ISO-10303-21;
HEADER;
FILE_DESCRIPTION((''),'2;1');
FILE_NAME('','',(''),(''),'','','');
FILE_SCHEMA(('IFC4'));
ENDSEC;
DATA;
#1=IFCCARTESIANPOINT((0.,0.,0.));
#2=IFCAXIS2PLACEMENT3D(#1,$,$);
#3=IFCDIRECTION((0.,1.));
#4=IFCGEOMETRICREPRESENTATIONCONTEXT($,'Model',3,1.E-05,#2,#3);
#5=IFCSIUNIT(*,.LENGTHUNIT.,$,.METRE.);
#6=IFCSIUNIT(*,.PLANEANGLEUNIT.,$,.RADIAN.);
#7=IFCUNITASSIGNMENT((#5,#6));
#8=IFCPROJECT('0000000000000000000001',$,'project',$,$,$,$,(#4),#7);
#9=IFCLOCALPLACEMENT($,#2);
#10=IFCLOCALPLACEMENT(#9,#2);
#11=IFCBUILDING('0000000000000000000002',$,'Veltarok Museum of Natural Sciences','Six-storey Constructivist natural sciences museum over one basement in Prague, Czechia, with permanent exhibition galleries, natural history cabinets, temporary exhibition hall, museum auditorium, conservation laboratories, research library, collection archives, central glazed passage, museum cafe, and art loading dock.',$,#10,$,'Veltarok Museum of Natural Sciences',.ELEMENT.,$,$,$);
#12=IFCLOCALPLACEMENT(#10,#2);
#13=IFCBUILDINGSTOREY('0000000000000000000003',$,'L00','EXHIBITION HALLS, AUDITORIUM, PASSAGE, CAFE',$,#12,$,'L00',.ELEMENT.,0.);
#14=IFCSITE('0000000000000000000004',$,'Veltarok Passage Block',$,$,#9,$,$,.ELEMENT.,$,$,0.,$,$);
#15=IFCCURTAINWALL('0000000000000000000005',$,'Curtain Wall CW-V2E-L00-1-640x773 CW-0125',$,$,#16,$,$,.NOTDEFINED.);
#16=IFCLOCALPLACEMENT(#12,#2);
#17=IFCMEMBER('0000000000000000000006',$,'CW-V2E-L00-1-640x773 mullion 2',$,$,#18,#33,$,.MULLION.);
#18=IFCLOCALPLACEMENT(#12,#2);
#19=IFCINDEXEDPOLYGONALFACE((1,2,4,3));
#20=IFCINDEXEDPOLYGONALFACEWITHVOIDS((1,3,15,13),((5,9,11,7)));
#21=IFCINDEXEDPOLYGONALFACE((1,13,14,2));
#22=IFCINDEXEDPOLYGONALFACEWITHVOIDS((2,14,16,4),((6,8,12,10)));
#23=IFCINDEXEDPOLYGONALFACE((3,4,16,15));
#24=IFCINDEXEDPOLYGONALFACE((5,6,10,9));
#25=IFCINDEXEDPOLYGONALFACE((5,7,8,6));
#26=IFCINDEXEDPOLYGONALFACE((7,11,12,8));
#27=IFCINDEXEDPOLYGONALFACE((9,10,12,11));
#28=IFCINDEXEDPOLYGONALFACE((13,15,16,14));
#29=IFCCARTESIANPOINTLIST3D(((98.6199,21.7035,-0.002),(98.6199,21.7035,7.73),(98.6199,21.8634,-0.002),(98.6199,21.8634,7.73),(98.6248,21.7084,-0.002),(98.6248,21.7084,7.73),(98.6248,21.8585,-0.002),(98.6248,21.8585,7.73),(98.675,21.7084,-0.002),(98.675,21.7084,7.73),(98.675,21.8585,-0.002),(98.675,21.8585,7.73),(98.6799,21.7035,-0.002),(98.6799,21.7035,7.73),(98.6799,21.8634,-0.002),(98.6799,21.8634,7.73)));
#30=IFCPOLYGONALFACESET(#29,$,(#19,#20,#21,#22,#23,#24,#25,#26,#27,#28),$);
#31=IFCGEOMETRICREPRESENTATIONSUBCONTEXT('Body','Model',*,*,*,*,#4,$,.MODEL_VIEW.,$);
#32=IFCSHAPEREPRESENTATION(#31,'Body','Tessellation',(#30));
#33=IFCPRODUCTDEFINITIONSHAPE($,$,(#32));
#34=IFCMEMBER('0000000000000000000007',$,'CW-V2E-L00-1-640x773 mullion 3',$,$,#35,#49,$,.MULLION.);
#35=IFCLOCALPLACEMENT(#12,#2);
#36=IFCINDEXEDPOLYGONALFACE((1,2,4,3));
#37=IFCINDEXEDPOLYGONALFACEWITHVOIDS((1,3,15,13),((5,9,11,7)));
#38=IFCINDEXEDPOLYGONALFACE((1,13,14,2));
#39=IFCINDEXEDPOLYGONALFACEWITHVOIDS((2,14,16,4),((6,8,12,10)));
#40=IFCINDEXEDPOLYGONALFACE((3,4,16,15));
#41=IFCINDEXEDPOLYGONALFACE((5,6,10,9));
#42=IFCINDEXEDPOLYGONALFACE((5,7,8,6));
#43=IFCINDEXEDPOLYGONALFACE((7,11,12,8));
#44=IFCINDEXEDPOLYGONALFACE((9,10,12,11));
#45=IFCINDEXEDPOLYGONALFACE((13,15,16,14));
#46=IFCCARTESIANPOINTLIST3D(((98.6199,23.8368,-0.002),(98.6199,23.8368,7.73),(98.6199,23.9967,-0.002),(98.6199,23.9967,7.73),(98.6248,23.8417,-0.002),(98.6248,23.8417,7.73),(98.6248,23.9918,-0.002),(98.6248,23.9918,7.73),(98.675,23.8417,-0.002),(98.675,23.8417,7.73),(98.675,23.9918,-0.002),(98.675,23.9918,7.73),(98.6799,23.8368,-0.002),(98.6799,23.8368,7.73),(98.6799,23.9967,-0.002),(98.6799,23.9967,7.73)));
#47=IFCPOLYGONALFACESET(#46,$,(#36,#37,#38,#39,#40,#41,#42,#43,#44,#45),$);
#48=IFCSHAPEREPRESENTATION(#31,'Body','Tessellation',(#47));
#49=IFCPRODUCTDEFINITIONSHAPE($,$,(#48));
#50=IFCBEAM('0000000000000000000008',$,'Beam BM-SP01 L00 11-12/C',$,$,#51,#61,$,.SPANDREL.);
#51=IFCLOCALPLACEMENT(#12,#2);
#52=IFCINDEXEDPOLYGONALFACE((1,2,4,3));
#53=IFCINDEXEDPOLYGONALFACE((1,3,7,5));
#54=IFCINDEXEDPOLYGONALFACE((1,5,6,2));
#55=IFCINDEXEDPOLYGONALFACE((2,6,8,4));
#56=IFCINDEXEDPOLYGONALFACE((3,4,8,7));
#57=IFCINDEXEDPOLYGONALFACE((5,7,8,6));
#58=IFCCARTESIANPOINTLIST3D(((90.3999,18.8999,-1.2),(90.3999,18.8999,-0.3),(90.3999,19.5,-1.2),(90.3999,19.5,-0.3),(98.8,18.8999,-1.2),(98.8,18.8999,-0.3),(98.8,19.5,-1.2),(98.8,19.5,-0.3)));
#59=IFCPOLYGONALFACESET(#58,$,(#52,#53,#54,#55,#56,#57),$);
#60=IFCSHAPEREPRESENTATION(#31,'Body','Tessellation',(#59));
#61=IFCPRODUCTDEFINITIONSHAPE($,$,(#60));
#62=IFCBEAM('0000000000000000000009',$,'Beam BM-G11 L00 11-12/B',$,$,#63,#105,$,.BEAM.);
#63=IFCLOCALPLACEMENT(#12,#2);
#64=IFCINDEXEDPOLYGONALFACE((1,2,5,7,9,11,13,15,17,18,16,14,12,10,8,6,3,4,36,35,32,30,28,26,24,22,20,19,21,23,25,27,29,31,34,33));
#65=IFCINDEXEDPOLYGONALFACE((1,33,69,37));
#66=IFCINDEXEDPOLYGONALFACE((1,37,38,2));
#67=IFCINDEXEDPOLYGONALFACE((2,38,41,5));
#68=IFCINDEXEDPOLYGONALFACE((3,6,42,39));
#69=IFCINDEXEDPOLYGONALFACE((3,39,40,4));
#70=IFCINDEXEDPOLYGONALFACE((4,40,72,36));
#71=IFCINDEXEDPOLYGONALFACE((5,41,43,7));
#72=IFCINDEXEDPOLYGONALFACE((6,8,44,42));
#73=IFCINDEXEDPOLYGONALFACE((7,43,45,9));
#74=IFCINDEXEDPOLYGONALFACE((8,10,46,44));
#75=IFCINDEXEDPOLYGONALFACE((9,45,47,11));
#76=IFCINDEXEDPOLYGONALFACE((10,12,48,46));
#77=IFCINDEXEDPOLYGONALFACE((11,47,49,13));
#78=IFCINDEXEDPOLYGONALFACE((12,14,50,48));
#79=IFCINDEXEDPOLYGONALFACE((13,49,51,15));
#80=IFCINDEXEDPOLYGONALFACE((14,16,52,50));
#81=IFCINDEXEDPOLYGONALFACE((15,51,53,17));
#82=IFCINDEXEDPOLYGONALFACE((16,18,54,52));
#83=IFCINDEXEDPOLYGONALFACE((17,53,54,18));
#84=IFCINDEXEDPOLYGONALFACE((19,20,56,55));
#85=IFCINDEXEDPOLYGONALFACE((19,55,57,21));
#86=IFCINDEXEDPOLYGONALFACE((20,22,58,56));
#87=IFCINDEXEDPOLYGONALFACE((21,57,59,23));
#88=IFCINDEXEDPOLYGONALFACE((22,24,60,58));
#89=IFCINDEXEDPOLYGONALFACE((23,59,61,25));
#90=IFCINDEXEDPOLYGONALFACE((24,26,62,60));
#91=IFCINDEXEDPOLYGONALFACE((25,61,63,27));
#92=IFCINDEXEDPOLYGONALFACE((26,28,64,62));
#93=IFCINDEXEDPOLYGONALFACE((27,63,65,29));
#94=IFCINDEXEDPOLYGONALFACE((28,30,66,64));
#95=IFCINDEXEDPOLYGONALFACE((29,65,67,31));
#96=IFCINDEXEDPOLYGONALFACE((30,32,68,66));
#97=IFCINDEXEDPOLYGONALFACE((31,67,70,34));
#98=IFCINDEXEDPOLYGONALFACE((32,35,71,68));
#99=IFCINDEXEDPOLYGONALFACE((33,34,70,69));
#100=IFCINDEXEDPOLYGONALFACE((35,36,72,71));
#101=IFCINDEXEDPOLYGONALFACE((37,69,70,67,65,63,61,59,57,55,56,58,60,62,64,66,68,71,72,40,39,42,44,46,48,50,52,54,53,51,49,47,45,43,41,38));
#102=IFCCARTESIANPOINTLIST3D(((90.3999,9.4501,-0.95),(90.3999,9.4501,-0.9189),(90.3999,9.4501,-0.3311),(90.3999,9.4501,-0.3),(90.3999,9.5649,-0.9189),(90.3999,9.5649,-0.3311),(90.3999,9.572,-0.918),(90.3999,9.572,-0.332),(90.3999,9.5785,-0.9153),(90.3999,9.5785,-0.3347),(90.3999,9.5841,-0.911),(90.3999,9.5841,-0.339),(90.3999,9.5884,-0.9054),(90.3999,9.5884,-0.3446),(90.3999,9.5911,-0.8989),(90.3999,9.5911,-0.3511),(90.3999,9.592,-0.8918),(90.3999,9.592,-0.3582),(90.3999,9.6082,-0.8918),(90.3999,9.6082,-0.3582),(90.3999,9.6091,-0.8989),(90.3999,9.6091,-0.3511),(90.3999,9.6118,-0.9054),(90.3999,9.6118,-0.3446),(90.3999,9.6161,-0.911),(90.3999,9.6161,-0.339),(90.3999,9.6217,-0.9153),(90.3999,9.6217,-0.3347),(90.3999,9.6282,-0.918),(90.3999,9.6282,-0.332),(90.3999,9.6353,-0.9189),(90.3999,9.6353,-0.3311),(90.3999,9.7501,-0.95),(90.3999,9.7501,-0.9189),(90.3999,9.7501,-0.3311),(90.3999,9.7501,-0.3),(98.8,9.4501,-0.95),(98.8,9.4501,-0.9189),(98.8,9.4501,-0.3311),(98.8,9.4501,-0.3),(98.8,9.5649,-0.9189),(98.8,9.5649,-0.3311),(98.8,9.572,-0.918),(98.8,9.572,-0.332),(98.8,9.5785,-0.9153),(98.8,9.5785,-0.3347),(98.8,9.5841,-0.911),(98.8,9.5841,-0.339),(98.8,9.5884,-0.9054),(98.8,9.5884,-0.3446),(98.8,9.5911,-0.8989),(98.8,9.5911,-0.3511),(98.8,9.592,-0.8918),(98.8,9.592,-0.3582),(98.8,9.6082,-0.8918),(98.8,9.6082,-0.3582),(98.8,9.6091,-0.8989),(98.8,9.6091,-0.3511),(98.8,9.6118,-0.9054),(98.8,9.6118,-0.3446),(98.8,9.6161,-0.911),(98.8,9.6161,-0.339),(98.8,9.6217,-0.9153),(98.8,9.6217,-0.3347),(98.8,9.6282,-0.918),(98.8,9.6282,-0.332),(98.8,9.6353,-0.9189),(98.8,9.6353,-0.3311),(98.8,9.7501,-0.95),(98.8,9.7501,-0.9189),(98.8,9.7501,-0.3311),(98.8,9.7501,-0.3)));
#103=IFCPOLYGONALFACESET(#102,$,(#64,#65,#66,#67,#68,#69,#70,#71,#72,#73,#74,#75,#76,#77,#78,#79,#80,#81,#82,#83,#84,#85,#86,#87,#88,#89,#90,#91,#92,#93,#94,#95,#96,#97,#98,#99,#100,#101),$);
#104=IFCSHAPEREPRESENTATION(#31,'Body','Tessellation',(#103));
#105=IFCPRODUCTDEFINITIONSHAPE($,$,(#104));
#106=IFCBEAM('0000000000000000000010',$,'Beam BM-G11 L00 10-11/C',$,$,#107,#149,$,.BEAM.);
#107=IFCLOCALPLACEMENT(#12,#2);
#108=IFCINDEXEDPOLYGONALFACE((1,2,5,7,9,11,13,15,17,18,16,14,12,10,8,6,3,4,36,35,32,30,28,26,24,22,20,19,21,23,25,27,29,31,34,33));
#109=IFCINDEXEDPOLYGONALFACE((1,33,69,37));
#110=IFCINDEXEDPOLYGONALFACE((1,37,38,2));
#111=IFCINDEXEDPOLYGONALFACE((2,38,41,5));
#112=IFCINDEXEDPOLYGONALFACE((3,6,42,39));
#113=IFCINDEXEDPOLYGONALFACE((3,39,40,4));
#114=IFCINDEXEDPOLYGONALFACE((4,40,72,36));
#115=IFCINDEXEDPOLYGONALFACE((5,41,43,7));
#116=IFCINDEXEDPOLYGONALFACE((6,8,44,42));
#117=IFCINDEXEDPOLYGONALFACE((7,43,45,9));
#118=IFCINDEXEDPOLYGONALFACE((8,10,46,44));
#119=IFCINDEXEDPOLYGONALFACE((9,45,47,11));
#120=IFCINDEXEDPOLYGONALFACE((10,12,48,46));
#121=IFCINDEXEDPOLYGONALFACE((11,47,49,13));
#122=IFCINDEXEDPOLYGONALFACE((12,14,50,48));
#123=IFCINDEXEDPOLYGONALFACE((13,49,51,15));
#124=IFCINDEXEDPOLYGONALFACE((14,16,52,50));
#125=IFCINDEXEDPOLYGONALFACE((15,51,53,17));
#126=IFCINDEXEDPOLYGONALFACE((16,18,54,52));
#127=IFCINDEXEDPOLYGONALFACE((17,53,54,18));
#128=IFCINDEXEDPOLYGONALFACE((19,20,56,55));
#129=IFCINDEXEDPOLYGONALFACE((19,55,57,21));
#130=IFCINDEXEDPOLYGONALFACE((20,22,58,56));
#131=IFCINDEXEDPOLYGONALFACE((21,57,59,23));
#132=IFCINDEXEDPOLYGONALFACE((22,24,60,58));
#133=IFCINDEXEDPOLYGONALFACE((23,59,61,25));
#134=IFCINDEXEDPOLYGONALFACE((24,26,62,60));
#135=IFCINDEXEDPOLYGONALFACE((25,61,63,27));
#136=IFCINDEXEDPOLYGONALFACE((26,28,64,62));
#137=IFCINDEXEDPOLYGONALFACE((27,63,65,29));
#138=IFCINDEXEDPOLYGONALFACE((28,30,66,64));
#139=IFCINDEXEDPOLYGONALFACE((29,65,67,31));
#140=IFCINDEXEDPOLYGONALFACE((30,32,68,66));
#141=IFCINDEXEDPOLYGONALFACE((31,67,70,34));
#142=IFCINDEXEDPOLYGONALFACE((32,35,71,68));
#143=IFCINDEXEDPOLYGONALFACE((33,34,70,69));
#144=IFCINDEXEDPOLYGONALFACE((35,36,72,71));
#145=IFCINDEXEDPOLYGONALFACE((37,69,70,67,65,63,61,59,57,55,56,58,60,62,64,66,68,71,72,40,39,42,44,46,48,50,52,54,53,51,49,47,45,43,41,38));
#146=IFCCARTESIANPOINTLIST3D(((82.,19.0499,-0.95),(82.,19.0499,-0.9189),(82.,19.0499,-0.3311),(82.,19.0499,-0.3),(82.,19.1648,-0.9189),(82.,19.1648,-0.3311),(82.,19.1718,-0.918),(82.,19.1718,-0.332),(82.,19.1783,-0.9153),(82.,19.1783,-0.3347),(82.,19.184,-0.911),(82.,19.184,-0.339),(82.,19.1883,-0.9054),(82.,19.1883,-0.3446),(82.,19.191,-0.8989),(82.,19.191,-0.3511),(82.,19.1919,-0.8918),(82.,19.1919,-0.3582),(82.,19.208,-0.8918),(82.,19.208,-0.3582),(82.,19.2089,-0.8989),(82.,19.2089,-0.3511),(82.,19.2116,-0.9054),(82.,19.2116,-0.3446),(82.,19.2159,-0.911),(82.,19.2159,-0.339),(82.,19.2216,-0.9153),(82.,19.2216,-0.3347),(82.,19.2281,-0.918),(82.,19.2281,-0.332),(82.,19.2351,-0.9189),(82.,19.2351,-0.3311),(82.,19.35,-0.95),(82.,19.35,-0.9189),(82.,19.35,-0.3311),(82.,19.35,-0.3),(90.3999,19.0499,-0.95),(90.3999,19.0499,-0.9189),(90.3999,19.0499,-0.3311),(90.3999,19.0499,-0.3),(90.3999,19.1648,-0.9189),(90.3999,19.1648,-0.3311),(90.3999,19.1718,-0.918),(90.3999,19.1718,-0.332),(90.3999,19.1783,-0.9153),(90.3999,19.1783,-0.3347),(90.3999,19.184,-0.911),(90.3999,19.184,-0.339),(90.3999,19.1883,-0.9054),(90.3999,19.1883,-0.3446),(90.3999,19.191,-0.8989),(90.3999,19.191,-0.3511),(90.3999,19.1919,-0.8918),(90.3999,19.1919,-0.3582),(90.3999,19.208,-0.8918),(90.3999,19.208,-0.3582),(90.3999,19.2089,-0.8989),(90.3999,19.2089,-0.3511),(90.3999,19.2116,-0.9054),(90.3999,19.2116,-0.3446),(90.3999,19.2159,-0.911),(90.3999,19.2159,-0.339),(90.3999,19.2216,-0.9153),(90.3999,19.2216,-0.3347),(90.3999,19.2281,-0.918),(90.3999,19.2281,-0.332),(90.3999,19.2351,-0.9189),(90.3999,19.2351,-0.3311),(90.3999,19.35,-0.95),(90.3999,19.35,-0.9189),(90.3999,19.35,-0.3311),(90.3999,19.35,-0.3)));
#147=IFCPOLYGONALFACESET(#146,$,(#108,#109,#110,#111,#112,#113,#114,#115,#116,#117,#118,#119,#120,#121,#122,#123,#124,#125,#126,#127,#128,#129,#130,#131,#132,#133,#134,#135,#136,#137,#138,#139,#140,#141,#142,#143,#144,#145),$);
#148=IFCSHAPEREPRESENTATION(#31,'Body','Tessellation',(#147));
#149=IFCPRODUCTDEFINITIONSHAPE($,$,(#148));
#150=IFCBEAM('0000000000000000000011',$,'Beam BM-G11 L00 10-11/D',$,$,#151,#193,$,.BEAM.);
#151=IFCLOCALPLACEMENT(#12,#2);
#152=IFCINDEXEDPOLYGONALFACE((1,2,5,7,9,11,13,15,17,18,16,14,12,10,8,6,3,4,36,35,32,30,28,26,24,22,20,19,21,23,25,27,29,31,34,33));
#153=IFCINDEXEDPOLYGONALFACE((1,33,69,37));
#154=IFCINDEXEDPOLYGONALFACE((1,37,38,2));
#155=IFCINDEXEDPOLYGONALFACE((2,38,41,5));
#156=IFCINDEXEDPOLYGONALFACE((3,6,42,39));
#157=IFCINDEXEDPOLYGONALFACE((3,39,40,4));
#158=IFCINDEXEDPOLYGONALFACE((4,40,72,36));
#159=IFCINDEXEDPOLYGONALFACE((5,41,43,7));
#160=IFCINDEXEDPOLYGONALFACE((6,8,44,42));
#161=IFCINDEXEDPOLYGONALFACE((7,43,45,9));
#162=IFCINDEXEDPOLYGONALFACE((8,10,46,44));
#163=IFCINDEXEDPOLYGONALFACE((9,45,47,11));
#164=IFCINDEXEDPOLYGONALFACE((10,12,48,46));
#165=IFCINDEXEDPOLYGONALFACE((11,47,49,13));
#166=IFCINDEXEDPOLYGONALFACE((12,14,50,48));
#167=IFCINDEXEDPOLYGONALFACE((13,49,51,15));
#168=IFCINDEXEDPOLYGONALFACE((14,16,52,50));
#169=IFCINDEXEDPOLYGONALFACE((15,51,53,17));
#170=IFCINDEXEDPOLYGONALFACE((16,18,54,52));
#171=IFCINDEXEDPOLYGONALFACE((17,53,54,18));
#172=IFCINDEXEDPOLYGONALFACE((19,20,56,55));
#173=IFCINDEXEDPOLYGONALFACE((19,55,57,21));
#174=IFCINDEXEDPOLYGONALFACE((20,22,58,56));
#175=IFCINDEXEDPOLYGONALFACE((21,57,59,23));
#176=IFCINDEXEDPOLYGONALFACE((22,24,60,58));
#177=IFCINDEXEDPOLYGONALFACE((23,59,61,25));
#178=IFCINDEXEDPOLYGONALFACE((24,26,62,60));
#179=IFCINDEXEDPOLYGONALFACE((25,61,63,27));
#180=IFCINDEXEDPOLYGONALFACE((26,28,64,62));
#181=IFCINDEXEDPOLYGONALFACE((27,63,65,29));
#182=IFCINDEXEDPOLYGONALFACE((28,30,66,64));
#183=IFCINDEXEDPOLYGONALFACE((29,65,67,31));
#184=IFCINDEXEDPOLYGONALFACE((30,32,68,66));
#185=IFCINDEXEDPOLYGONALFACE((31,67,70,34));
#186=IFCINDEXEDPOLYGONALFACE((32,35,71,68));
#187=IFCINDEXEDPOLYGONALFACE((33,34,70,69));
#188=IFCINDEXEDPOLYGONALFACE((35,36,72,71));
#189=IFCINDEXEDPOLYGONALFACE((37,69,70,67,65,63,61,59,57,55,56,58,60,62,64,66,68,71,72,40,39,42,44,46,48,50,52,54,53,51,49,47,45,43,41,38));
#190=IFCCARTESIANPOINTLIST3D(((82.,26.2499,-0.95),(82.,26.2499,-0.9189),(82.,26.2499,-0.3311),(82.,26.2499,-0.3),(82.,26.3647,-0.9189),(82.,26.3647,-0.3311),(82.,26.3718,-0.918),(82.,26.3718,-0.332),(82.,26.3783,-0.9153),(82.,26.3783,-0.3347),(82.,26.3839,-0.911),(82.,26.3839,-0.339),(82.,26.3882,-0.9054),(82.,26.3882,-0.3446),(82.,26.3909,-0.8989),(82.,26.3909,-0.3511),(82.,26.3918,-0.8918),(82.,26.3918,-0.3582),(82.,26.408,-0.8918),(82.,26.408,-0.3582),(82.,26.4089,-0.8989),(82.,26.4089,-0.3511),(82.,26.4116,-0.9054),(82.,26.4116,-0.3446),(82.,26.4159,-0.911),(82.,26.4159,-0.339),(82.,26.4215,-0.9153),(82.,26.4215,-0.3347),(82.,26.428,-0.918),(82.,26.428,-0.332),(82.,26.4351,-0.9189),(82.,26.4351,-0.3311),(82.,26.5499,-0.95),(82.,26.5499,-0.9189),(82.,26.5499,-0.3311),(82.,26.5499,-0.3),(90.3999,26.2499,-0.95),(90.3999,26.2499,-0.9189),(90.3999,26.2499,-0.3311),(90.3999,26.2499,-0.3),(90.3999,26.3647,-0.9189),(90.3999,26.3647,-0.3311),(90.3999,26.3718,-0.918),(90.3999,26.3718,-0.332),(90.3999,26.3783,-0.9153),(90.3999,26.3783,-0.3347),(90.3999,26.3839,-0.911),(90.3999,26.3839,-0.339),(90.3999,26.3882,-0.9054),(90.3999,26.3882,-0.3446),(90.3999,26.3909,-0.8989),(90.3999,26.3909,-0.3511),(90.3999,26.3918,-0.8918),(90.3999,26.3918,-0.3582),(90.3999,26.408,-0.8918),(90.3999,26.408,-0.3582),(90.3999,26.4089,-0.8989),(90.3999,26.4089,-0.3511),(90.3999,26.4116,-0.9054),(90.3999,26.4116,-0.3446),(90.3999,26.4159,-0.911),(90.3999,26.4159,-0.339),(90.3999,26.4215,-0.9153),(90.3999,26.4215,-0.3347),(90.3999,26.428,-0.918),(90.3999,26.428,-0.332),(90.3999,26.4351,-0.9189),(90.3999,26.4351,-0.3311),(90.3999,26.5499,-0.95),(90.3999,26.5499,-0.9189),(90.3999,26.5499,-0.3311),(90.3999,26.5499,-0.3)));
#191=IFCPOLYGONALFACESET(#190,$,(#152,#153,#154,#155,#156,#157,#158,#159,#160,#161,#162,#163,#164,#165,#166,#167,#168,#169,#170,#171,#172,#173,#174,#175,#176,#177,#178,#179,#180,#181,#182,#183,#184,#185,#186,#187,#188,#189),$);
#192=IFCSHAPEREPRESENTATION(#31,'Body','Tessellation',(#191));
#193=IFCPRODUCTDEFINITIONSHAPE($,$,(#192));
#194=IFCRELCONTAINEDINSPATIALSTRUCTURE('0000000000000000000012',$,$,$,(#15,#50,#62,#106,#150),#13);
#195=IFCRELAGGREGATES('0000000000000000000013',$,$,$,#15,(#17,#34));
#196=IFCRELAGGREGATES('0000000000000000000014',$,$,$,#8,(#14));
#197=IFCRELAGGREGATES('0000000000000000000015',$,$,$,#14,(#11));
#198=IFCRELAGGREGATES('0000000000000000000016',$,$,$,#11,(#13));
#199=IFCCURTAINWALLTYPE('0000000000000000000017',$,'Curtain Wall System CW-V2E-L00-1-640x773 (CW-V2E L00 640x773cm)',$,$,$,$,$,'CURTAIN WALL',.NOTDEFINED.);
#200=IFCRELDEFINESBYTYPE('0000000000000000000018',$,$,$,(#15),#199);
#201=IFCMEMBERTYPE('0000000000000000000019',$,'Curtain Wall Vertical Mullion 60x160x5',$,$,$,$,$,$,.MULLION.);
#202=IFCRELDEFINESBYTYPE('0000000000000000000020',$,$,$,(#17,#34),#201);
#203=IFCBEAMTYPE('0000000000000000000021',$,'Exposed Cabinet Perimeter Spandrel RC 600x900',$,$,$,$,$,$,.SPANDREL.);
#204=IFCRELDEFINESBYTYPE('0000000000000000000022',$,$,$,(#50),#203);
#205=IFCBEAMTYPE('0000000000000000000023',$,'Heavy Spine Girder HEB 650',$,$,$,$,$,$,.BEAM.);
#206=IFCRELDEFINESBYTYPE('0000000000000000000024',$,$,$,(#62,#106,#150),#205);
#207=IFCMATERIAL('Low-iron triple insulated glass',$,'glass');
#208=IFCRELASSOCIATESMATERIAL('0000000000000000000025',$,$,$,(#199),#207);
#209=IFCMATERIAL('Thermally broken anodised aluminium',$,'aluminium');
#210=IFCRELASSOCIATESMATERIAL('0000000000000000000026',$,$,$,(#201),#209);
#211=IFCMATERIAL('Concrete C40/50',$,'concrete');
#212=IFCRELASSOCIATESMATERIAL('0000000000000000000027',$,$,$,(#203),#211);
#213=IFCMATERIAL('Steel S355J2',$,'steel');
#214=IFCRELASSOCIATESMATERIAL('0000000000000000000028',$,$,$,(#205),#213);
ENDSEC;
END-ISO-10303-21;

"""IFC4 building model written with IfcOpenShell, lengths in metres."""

from ifc_helpers import new_model, si_unit, direction, frame, origin, origin_2d, place, context, subcontext, project, spatial, rectangle, hollow_rectangle, i_section, extrude, material, material_profile, profile_set, type_object, element, aggregate, save


model = new_model("IFC4")

# Units and contexts
model_context = context("Model", 3, precision=1e-05, world=origin(), true_north=direction((0.0, 1.0)))
body_context = subcontext(model_context, "Body", "Model", "MODEL_VIEW")
ifc_project = project(units=[si_unit("LENGTHUNIT", "METRE"), si_unit("PLANEANGLEUNIT", "RADIAN")], contexts=[model_context])

# Site, building, storey
site_placement = place(None, origin())
site = spatial("IfcSite", under=ifc_project, at=site_placement, Name="Veltarok Passage Block", CompositionType="ELEMENT", RefElevation=0.0)
building_placement = place(site_placement, origin())
building = spatial("IfcBuilding", under=site, at=building_placement, Name="Veltarok Museum of Natural Sciences", Description="Six-storey Constructivist natural sciences museum over one basement in Prague, Czechia, with permanent exhibition galleries, natural history cabinets, temporary exhibition hall, museum auditorium, conservation laboratories, research library, collection archives, central glazed passage, museum cafe, and art loading dock.", LongName="Veltarok Museum of Natural Sciences", CompositionType="ELEMENT")
storey_placement = place(building_placement, origin())
storey = spatial("IfcBuildingStorey", under=building, at=storey_placement, Name="L00", Description="EXHIBITION HALLS, AUDITORIUM, PASSAGE, CAFE", LongName="L00", CompositionType="ELEMENT", Elevation=0.0)

# Shared definitions
ifc_material_1 = material(Name="Steel S355J2", Category="steel")

# Curtain wall, members
ifc_material_2 = material(Name="Low-iron triple insulated glass", Category="glass")
curtain_wall_type = type_object("IfcCurtainWallType", Name="Curtain Wall System CW-V2E-L00-1-640x773 (CW-V2E L00 640x773cm)", ElementType="CURTAIN WALL", PredefinedType="NOTDEFINED", material=ifc_material_2)
curtain_wall_placement = place(storey_placement, origin())
curtain_wall = element("IfcCurtainWall", 1, at=curtain_wall_placement, inside=storey, type_object=curtain_wall_type, Name="Curtain Wall CW-V2E-L00-1-640x773 CW-0125", PredefinedType="NOTDEFINED")
ifc_material_3 = material(Name="Thermally broken anodised aluminium", Category="aluminium")
ifc_material_profile_1 = material_profile(ifc_material_3, hollow_rectangle(XDim=0.0601, YDim=0.1599, WallThickness=0.0049, at=origin_2d()), Name="CW MULLION 60x160x5")
ifc_profile_set_1 = profile_set([ifc_material_profile_1], Name="Thermally broken anodised aluminium")
member_type_1 = type_object("IfcMemberType", Name="Curtain Wall Vertical Mullion 60x160x5", PredefinedType="MULLION", material=ifc_profile_set_1)
member_1_placement = place(storey_placement, frame((98.6499, 21.7834, -0.002), z_axis=(0.0, 0.0, 1.0), x_axis=(-1.0, 0.0, 0.0)))
member_1 = element("IfcMember", 2, at=member_1_placement, type_object=member_type_1, Name="CW-V2E-L00-1-640x773 mullion 2", PredefinedType="MULLION", context=body_context, shape_type="SweptSolid", body=[
    extrude(hollow_rectangle(XDim=0.0601, YDim=0.1599, WallThickness=0.0049, at=origin_2d()), origin(), (0.0, 0.0, 1.0), 7.7319),
])
member_2_placement = place(storey_placement, frame((98.6499, 23.9167, -0.002), z_axis=(0.0, 0.0, 1.0), x_axis=(-1.0, 0.0, 0.0)))
member_2 = element("IfcMember", 3, at=member_2_placement, type_object=member_type_1, Name="CW-V2E-L00-1-640x773 mullion 3", PredefinedType="MULLION", context=body_context, shape_type="SweptSolid", body=[
    extrude(hollow_rectangle(XDim=0.0601, YDim=0.1599, WallThickness=0.0049, at=origin_2d()), origin(), (0.0, 0.0, 1.0), 7.7319),
])

# Beams
ifc_material_4 = material(Name="Concrete C40/50", Category="concrete")
ifc_material_profile_2 = material_profile(ifc_material_4, rectangle(XDim=0.6001, YDim=0.8999, at=origin_2d()), Name="RC 600x900")
ifc_profile_set_2 = profile_set([ifc_material_profile_2], Name="Concrete C40/50")
beam_type_1 = type_object("IfcBeamType", Name="Exposed Cabinet Perimeter Spandrel RC 600x900", PredefinedType="SPANDREL", material=ifc_profile_set_2)
beam_1_placement = place(storey_placement, frame((90.3999, 19.2, -0.75), z_axis=(1.0, 0.0, 0.0), x_axis=(0.0, 1.0, 0.0)))
element("IfcBeam", 4, at=beam_1_placement, inside=storey, type_object=beam_type_1, Name="Beam BM-SP01 L00 11-12/C", PredefinedType="SPANDREL", context=body_context, shape_type="SweptSolid", body=[
    extrude(rectangle(XDim=0.6001, YDim=0.8999, at=origin_2d()), origin(), (0.0, 0.0, 1.0), 8.4001),
])
ifc_material_profile_3 = material_profile(ifc_material_1, i_section(OverallWidth=0.3, OverallDepth=0.6499, WebThickness=0.0161, FlangeThickness=0.031, FilletRadius=0.0271, at=origin_2d()), Name="HEB 650")
ifc_profile_set_3 = profile_set([ifc_material_profile_3], Name="Steel S355J2")
beam_type_2 = type_object("IfcBeamType", Name="Heavy Spine Girder HEB 650", PredefinedType="BEAM", material=ifc_profile_set_3)
beam_2_placement = place(storey_placement, frame((90.3999, 9.6001, -0.625), z_axis=(1.0, 0.0, 0.0), x_axis=(0.0, 1.0, 0.0)))
element("IfcBeam", 5, at=beam_2_placement, inside=storey, type_object=beam_type_2, Name="Beam BM-G11 L00 11-12/B", PredefinedType="BEAM", context=body_context, shape_type="SweptSolid", body=[
    extrude(i_section(OverallWidth=0.3, OverallDepth=0.6499, WebThickness=0.0161, FlangeThickness=0.031, FilletRadius=0.0271, at=origin_2d()), origin(), (0.0, 0.0, 1.0), 8.4001),
])
for number, where, z_axis, x_axis, name in (
    (6, (82.0, 19.2, -0.625), (1.0, 0.0, 0.0), (0.0, 1.0, 0.0), "Beam BM-G11 L00 10-11/C"),
    (7, (82.0, 26.3999, -0.625), (1.0, 0.0, 0.0), (0.0, 1.0, 0.0), "Beam BM-G11 L00 10-11/D"),
):
    element("IfcBeam", number, at=place(storey_placement, frame(where, z_axis=z_axis, x_axis=x_axis)), inside=storey, type_object=beam_type_2, Name=name, PredefinedType="BEAM", context=body_context, shape_type="SweptSolid", body=[
        extrude(i_section(OverallWidth=0.3, OverallDepth=0.6499, WebThickness=0.0161, FlangeThickness=0.031, FilletRadius=0.0271, at=origin_2d()), origin(), (0.0, 0.0, 1.0), 8.3999),
    ])

aggregate(curtain_wall, [member_1, member_2])

save(model, "model.ifc")
